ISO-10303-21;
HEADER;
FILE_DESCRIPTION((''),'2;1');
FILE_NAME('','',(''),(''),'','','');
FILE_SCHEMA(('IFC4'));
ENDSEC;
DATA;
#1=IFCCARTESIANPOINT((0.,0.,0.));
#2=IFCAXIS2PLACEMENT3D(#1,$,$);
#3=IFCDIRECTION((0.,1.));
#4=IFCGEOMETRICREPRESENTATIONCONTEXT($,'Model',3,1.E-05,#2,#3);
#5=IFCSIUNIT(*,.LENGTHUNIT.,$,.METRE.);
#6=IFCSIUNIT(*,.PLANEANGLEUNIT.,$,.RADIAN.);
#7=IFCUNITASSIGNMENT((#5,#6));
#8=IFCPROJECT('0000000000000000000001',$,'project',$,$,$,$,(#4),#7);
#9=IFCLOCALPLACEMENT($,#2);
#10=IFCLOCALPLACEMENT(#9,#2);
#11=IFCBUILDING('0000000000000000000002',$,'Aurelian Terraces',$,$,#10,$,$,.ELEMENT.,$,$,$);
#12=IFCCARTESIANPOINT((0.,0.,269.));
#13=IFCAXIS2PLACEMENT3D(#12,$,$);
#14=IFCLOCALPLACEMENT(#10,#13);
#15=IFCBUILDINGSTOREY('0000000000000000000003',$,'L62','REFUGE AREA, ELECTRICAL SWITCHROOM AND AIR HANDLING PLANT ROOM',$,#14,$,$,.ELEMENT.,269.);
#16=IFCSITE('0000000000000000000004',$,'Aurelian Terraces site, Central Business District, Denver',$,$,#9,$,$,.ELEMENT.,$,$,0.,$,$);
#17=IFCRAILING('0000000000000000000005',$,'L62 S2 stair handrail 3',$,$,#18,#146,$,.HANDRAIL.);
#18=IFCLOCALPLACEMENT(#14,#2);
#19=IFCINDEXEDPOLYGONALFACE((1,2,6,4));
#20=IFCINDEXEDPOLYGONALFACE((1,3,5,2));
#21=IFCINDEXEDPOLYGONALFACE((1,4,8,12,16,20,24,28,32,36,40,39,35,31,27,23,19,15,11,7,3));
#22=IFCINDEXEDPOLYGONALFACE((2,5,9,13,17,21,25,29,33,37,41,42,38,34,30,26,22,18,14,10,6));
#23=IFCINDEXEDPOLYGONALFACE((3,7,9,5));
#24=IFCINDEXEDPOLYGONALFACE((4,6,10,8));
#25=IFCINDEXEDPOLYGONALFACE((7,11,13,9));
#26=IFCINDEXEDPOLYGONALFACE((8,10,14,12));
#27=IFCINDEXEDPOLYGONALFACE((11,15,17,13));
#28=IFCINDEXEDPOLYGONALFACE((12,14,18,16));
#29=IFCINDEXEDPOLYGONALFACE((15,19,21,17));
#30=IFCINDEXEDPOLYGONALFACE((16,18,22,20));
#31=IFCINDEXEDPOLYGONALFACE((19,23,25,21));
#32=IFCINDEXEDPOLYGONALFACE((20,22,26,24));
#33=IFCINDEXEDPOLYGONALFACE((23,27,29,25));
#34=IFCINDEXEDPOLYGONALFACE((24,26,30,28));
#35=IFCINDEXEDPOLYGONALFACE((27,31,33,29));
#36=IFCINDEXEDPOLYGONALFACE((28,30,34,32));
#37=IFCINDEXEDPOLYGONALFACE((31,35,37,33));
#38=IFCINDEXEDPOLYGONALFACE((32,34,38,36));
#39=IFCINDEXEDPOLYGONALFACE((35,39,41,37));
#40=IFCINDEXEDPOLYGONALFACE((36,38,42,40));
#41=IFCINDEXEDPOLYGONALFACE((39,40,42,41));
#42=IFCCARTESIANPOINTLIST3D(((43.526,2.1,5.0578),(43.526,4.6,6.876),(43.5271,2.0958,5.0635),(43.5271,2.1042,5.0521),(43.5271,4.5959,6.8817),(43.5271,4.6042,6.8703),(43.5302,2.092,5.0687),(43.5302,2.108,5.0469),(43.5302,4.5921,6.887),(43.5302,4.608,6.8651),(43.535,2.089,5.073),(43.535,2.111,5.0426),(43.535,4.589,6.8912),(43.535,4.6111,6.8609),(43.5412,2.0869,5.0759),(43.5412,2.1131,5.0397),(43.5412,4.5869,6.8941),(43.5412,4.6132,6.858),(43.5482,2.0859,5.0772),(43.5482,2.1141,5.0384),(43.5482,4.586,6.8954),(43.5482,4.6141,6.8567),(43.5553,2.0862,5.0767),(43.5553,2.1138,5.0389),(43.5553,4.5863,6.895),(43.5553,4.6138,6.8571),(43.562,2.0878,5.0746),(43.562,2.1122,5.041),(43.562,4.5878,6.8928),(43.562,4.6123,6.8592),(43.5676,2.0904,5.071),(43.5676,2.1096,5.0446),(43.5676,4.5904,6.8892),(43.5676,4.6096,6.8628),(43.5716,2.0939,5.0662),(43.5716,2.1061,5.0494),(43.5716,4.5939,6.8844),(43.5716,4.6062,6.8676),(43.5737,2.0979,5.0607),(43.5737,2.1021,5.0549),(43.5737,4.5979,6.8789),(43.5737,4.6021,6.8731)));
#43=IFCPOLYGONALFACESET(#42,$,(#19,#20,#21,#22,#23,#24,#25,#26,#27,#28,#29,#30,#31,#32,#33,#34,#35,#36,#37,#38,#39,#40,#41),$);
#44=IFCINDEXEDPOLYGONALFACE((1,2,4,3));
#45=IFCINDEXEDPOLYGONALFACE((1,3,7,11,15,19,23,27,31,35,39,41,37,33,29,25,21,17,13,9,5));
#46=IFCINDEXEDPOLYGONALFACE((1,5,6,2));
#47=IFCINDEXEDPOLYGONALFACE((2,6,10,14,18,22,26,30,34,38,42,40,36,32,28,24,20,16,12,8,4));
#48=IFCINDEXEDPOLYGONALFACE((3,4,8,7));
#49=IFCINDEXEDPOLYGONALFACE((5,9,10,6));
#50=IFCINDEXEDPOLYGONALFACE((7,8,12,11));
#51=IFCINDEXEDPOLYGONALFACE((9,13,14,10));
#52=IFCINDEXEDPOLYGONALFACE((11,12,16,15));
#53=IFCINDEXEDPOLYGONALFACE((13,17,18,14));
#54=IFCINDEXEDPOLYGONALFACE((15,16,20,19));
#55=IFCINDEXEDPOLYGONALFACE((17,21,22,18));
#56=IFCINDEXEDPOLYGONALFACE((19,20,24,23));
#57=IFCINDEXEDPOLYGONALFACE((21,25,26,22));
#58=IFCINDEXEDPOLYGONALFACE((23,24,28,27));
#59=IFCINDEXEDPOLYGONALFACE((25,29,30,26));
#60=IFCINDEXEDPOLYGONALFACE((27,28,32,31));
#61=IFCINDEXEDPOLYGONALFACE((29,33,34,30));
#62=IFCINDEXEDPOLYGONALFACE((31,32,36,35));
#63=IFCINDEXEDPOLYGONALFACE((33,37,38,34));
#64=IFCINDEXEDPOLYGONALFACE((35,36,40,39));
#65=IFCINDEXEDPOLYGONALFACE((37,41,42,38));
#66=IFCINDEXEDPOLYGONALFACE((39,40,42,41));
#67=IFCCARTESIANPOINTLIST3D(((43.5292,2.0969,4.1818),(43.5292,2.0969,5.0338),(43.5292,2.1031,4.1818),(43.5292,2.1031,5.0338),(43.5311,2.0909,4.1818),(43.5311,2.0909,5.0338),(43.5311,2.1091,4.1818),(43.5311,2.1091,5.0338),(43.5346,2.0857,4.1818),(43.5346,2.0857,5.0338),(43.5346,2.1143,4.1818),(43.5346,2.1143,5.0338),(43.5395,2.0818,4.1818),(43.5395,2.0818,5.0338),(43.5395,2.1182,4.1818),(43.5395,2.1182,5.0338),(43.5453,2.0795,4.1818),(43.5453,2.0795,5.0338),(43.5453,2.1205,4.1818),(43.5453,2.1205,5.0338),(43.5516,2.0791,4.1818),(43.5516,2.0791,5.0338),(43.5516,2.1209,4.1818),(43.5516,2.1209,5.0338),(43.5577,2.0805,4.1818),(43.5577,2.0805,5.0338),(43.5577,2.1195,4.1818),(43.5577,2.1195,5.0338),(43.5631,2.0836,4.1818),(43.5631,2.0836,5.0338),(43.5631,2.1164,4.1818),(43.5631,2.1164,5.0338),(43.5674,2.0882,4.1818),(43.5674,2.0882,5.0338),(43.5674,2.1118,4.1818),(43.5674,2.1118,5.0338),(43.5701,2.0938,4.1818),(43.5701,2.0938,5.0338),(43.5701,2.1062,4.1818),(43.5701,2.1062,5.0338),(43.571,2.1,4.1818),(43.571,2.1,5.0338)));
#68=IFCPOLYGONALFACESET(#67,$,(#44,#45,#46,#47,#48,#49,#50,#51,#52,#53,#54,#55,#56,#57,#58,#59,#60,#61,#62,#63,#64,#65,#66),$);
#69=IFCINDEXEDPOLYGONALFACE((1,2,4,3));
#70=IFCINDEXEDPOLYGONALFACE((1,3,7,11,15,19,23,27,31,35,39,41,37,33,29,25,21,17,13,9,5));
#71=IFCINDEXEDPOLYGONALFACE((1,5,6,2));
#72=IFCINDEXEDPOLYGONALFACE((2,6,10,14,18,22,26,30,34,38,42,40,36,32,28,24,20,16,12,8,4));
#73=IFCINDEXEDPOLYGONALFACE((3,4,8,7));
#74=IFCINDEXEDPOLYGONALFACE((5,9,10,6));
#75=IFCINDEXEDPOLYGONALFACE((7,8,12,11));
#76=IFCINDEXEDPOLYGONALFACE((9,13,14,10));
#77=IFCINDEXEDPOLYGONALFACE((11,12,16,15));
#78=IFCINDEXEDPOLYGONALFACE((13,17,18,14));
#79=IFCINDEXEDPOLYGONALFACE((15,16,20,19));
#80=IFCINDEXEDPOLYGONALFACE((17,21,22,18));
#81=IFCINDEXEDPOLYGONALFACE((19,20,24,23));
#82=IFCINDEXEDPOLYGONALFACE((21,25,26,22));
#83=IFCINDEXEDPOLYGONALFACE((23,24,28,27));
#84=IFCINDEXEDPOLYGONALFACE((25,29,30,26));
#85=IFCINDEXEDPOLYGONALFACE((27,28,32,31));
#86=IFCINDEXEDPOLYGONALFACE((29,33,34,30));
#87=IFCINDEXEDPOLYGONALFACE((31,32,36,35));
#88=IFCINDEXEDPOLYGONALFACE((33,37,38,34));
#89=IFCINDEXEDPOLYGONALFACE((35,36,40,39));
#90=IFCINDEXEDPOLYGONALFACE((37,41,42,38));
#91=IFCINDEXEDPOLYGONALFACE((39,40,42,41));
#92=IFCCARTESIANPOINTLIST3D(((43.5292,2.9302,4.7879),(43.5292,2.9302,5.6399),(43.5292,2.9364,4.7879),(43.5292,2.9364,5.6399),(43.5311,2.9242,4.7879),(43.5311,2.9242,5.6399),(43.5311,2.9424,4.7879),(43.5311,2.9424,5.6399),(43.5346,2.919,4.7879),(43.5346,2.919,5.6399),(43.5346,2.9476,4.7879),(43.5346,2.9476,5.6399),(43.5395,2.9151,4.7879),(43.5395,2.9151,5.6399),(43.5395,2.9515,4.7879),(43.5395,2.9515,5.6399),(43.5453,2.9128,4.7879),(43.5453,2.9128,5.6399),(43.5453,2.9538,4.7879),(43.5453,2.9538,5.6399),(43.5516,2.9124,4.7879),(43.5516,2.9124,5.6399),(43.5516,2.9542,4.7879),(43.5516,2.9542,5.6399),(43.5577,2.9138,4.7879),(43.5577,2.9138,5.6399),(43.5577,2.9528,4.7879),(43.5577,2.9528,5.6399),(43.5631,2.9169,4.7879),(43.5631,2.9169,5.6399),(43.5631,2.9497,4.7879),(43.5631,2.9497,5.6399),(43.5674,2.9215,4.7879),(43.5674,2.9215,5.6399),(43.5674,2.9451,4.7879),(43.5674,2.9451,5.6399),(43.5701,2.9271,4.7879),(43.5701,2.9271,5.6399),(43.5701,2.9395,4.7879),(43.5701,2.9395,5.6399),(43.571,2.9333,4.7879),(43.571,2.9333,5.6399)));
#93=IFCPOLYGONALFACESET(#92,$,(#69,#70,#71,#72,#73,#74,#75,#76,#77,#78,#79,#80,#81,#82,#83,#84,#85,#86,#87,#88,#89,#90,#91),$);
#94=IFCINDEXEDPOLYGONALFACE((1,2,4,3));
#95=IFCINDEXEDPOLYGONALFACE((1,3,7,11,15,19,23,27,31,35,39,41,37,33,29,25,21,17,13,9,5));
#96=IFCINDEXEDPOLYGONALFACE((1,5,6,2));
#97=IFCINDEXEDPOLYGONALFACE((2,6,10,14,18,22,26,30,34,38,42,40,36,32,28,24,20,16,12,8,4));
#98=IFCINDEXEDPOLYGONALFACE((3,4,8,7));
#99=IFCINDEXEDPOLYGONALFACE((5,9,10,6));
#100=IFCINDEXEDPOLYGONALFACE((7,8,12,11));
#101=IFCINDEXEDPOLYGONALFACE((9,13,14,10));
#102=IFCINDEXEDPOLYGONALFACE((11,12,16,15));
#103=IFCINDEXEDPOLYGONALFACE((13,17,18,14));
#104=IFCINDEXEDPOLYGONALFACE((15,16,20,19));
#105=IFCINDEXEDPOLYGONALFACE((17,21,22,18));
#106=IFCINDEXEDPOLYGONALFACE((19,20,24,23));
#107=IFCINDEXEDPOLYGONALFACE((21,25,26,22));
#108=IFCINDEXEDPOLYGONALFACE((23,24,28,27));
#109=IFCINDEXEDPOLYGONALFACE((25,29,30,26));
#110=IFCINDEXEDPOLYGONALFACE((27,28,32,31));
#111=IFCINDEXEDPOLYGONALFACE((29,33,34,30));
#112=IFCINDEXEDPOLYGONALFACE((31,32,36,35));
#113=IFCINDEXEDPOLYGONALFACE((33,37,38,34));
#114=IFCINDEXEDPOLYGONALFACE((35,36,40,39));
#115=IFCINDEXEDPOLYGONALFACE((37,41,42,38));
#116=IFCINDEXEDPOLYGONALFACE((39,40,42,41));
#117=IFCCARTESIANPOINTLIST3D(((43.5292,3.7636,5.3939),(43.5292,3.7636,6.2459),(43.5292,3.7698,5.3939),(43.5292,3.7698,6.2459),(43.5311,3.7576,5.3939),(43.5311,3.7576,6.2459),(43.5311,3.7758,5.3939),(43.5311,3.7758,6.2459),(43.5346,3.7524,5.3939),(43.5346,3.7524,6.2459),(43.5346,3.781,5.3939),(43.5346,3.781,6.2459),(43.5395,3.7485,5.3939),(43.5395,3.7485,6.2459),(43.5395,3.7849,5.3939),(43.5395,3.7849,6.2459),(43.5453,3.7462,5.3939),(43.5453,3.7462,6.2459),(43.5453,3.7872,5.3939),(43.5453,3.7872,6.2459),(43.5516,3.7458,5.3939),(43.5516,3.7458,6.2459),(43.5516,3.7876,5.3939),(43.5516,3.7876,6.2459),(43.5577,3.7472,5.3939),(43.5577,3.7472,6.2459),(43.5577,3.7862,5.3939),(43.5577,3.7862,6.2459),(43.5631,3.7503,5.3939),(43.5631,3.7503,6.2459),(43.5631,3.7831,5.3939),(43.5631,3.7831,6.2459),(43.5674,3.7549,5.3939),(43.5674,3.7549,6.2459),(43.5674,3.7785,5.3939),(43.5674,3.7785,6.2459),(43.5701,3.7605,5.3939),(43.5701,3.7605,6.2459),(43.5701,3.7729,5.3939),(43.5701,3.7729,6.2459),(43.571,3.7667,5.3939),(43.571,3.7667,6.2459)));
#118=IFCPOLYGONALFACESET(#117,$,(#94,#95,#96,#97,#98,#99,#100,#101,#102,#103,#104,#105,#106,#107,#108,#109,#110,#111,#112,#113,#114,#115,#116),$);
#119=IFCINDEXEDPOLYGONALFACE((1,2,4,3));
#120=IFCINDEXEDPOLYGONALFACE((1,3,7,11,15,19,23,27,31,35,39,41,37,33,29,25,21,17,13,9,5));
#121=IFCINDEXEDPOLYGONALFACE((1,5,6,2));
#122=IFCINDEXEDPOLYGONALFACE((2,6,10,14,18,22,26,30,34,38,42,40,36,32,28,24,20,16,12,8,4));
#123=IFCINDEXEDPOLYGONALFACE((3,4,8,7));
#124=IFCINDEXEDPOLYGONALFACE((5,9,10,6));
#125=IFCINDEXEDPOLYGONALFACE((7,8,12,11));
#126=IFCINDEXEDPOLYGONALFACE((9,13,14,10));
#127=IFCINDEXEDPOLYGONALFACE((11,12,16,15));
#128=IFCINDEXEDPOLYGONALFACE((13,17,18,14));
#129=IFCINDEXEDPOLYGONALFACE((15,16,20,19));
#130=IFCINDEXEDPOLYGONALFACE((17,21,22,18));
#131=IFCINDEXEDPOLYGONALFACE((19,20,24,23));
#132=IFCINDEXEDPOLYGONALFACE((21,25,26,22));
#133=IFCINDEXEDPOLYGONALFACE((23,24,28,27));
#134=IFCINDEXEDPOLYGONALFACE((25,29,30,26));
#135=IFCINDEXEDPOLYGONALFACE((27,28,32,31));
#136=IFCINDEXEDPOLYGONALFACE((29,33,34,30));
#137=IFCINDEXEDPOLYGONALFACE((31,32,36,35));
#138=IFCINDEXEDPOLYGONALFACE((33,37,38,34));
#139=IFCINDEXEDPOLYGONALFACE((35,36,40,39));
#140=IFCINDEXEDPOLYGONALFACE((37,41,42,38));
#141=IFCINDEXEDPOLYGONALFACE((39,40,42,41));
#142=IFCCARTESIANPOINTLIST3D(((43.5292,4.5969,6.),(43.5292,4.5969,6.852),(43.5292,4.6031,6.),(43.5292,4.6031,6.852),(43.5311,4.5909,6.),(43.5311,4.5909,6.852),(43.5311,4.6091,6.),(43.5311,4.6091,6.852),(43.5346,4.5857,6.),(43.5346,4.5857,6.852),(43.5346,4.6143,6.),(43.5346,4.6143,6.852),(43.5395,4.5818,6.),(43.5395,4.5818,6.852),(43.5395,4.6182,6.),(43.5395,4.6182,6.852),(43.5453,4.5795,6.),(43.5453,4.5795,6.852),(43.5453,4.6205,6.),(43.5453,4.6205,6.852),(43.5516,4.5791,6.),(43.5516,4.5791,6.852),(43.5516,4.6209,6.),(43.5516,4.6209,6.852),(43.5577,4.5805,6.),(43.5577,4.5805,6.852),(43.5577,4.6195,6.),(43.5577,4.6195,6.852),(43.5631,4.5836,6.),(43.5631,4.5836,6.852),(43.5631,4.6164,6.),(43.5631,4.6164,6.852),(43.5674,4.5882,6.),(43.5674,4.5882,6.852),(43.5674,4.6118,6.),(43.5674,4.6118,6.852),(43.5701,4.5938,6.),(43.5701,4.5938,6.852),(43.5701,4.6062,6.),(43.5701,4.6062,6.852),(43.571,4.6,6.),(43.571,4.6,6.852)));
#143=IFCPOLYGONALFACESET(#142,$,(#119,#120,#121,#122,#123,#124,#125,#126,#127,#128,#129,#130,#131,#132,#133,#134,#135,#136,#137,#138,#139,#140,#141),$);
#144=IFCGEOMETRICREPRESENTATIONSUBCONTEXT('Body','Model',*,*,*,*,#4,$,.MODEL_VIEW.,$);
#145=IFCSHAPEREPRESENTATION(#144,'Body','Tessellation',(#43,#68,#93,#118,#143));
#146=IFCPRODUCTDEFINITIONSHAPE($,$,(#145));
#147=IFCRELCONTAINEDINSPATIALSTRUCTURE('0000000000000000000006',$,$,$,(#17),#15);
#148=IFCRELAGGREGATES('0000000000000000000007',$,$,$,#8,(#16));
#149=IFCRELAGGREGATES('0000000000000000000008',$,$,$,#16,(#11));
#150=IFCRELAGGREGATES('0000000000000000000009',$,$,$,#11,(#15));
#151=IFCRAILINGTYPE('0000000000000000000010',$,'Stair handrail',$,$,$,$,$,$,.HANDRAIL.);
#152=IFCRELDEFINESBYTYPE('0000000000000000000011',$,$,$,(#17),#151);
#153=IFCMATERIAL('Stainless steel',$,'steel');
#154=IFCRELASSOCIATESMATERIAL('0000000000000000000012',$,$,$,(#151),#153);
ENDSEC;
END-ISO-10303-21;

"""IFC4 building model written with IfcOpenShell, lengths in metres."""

from ifc_helpers import new_model, si_unit, direction, frame, origin, origin_2d, place, context, subcontext, project, spatial, circle, extrude, source, transform, mapped, material, type_object, element, save


model = new_model("IFC4")

# Units and contexts
model_context = context("Model", 3, precision=1e-05, world=origin(), true_north=direction((0.0, 1.0)))
body_context = subcontext(model_context, "Body", "Model", "MODEL_VIEW")
ifc_project = project(units=[si_unit("LENGTHUNIT", "METRE"), si_unit("PLANEANGLEUNIT", "RADIAN")], contexts=[model_context])

# Site, building, storey
site_placement = place(None, origin())
site = spatial("IfcSite", under=ifc_project, at=site_placement, Name="Aurelian Terraces site, Central Business District, Denver", CompositionType="ELEMENT", RefElevation=0.0)
building_placement = place(site_placement, origin())
building = spatial("IfcBuilding", under=site, at=building_placement, Name="Aurelian Terraces", CompositionType="ELEMENT")
storey_placement = place(building_placement, frame((0.0, 0.0, 269.0)))
storey = spatial("IfcBuildingStorey", under=building, at=storey_placement, Name="L62", Description="REFUGE AREA, ELECTRICAL SWITCHROOM AND AIR HANDLING PLANT ROOM", CompositionType="ELEMENT", Elevation=269.0)

# Railing
ifc_material_1 = material(Name="Stainless steel", Category="steel")
railing_type_1 = type_object("IfcRailingType", Name="Stair handrail", PredefinedType="HANDRAIL", material=ifc_material_1)
shared_shape_1 = source(origin(), body_context, "Body", "SweptSolid", [
    extrude(circle(Radius=0.024, at=origin_2d()), frame((0.0, 0.0, 0.876), z_axis=(0.0, 0.808733, 0.588176), x_axis=(-1.0, 0.0, 0.0)), (0.0, 0.0, 1.0), 3.0913),
    extrude(circle(Radius=0.021, at=origin_2d()), origin(), (0.0, 0.0, 1.0), 0.852),
    extrude(circle(Radius=0.021, at=origin_2d()), frame((0.0, 0.8333, 0.6061)), (0.0, 0.0, 1.0), 0.852),
    extrude(circle(Radius=0.021, at=origin_2d()), frame((0.0, 1.6667, 1.2121)), (0.0, 0.0, 1.0), 0.852),
    extrude(circle(Radius=0.021, at=origin_2d()), frame((0.0, 2.5, 1.8182)), (0.0, 0.0, 1.0), 0.852),
])
for number, where, name in (
    (1, (43.55, 2.1, 4.1818), "L62 S2 stair handrail 3"),
):
    element("IfcRailing", number, at=place(storey_placement, frame(where)), inside=storey, type_object=railing_type_1, Name=name, PredefinedType="HANDRAIL", context=body_context, shape_type="MappedRepresentation", body=[
        mapped(shared_shape_1, transform((0.0, 0.0, 0.0), scale=1.0)),
    ])

save(model, "model.ifc")
